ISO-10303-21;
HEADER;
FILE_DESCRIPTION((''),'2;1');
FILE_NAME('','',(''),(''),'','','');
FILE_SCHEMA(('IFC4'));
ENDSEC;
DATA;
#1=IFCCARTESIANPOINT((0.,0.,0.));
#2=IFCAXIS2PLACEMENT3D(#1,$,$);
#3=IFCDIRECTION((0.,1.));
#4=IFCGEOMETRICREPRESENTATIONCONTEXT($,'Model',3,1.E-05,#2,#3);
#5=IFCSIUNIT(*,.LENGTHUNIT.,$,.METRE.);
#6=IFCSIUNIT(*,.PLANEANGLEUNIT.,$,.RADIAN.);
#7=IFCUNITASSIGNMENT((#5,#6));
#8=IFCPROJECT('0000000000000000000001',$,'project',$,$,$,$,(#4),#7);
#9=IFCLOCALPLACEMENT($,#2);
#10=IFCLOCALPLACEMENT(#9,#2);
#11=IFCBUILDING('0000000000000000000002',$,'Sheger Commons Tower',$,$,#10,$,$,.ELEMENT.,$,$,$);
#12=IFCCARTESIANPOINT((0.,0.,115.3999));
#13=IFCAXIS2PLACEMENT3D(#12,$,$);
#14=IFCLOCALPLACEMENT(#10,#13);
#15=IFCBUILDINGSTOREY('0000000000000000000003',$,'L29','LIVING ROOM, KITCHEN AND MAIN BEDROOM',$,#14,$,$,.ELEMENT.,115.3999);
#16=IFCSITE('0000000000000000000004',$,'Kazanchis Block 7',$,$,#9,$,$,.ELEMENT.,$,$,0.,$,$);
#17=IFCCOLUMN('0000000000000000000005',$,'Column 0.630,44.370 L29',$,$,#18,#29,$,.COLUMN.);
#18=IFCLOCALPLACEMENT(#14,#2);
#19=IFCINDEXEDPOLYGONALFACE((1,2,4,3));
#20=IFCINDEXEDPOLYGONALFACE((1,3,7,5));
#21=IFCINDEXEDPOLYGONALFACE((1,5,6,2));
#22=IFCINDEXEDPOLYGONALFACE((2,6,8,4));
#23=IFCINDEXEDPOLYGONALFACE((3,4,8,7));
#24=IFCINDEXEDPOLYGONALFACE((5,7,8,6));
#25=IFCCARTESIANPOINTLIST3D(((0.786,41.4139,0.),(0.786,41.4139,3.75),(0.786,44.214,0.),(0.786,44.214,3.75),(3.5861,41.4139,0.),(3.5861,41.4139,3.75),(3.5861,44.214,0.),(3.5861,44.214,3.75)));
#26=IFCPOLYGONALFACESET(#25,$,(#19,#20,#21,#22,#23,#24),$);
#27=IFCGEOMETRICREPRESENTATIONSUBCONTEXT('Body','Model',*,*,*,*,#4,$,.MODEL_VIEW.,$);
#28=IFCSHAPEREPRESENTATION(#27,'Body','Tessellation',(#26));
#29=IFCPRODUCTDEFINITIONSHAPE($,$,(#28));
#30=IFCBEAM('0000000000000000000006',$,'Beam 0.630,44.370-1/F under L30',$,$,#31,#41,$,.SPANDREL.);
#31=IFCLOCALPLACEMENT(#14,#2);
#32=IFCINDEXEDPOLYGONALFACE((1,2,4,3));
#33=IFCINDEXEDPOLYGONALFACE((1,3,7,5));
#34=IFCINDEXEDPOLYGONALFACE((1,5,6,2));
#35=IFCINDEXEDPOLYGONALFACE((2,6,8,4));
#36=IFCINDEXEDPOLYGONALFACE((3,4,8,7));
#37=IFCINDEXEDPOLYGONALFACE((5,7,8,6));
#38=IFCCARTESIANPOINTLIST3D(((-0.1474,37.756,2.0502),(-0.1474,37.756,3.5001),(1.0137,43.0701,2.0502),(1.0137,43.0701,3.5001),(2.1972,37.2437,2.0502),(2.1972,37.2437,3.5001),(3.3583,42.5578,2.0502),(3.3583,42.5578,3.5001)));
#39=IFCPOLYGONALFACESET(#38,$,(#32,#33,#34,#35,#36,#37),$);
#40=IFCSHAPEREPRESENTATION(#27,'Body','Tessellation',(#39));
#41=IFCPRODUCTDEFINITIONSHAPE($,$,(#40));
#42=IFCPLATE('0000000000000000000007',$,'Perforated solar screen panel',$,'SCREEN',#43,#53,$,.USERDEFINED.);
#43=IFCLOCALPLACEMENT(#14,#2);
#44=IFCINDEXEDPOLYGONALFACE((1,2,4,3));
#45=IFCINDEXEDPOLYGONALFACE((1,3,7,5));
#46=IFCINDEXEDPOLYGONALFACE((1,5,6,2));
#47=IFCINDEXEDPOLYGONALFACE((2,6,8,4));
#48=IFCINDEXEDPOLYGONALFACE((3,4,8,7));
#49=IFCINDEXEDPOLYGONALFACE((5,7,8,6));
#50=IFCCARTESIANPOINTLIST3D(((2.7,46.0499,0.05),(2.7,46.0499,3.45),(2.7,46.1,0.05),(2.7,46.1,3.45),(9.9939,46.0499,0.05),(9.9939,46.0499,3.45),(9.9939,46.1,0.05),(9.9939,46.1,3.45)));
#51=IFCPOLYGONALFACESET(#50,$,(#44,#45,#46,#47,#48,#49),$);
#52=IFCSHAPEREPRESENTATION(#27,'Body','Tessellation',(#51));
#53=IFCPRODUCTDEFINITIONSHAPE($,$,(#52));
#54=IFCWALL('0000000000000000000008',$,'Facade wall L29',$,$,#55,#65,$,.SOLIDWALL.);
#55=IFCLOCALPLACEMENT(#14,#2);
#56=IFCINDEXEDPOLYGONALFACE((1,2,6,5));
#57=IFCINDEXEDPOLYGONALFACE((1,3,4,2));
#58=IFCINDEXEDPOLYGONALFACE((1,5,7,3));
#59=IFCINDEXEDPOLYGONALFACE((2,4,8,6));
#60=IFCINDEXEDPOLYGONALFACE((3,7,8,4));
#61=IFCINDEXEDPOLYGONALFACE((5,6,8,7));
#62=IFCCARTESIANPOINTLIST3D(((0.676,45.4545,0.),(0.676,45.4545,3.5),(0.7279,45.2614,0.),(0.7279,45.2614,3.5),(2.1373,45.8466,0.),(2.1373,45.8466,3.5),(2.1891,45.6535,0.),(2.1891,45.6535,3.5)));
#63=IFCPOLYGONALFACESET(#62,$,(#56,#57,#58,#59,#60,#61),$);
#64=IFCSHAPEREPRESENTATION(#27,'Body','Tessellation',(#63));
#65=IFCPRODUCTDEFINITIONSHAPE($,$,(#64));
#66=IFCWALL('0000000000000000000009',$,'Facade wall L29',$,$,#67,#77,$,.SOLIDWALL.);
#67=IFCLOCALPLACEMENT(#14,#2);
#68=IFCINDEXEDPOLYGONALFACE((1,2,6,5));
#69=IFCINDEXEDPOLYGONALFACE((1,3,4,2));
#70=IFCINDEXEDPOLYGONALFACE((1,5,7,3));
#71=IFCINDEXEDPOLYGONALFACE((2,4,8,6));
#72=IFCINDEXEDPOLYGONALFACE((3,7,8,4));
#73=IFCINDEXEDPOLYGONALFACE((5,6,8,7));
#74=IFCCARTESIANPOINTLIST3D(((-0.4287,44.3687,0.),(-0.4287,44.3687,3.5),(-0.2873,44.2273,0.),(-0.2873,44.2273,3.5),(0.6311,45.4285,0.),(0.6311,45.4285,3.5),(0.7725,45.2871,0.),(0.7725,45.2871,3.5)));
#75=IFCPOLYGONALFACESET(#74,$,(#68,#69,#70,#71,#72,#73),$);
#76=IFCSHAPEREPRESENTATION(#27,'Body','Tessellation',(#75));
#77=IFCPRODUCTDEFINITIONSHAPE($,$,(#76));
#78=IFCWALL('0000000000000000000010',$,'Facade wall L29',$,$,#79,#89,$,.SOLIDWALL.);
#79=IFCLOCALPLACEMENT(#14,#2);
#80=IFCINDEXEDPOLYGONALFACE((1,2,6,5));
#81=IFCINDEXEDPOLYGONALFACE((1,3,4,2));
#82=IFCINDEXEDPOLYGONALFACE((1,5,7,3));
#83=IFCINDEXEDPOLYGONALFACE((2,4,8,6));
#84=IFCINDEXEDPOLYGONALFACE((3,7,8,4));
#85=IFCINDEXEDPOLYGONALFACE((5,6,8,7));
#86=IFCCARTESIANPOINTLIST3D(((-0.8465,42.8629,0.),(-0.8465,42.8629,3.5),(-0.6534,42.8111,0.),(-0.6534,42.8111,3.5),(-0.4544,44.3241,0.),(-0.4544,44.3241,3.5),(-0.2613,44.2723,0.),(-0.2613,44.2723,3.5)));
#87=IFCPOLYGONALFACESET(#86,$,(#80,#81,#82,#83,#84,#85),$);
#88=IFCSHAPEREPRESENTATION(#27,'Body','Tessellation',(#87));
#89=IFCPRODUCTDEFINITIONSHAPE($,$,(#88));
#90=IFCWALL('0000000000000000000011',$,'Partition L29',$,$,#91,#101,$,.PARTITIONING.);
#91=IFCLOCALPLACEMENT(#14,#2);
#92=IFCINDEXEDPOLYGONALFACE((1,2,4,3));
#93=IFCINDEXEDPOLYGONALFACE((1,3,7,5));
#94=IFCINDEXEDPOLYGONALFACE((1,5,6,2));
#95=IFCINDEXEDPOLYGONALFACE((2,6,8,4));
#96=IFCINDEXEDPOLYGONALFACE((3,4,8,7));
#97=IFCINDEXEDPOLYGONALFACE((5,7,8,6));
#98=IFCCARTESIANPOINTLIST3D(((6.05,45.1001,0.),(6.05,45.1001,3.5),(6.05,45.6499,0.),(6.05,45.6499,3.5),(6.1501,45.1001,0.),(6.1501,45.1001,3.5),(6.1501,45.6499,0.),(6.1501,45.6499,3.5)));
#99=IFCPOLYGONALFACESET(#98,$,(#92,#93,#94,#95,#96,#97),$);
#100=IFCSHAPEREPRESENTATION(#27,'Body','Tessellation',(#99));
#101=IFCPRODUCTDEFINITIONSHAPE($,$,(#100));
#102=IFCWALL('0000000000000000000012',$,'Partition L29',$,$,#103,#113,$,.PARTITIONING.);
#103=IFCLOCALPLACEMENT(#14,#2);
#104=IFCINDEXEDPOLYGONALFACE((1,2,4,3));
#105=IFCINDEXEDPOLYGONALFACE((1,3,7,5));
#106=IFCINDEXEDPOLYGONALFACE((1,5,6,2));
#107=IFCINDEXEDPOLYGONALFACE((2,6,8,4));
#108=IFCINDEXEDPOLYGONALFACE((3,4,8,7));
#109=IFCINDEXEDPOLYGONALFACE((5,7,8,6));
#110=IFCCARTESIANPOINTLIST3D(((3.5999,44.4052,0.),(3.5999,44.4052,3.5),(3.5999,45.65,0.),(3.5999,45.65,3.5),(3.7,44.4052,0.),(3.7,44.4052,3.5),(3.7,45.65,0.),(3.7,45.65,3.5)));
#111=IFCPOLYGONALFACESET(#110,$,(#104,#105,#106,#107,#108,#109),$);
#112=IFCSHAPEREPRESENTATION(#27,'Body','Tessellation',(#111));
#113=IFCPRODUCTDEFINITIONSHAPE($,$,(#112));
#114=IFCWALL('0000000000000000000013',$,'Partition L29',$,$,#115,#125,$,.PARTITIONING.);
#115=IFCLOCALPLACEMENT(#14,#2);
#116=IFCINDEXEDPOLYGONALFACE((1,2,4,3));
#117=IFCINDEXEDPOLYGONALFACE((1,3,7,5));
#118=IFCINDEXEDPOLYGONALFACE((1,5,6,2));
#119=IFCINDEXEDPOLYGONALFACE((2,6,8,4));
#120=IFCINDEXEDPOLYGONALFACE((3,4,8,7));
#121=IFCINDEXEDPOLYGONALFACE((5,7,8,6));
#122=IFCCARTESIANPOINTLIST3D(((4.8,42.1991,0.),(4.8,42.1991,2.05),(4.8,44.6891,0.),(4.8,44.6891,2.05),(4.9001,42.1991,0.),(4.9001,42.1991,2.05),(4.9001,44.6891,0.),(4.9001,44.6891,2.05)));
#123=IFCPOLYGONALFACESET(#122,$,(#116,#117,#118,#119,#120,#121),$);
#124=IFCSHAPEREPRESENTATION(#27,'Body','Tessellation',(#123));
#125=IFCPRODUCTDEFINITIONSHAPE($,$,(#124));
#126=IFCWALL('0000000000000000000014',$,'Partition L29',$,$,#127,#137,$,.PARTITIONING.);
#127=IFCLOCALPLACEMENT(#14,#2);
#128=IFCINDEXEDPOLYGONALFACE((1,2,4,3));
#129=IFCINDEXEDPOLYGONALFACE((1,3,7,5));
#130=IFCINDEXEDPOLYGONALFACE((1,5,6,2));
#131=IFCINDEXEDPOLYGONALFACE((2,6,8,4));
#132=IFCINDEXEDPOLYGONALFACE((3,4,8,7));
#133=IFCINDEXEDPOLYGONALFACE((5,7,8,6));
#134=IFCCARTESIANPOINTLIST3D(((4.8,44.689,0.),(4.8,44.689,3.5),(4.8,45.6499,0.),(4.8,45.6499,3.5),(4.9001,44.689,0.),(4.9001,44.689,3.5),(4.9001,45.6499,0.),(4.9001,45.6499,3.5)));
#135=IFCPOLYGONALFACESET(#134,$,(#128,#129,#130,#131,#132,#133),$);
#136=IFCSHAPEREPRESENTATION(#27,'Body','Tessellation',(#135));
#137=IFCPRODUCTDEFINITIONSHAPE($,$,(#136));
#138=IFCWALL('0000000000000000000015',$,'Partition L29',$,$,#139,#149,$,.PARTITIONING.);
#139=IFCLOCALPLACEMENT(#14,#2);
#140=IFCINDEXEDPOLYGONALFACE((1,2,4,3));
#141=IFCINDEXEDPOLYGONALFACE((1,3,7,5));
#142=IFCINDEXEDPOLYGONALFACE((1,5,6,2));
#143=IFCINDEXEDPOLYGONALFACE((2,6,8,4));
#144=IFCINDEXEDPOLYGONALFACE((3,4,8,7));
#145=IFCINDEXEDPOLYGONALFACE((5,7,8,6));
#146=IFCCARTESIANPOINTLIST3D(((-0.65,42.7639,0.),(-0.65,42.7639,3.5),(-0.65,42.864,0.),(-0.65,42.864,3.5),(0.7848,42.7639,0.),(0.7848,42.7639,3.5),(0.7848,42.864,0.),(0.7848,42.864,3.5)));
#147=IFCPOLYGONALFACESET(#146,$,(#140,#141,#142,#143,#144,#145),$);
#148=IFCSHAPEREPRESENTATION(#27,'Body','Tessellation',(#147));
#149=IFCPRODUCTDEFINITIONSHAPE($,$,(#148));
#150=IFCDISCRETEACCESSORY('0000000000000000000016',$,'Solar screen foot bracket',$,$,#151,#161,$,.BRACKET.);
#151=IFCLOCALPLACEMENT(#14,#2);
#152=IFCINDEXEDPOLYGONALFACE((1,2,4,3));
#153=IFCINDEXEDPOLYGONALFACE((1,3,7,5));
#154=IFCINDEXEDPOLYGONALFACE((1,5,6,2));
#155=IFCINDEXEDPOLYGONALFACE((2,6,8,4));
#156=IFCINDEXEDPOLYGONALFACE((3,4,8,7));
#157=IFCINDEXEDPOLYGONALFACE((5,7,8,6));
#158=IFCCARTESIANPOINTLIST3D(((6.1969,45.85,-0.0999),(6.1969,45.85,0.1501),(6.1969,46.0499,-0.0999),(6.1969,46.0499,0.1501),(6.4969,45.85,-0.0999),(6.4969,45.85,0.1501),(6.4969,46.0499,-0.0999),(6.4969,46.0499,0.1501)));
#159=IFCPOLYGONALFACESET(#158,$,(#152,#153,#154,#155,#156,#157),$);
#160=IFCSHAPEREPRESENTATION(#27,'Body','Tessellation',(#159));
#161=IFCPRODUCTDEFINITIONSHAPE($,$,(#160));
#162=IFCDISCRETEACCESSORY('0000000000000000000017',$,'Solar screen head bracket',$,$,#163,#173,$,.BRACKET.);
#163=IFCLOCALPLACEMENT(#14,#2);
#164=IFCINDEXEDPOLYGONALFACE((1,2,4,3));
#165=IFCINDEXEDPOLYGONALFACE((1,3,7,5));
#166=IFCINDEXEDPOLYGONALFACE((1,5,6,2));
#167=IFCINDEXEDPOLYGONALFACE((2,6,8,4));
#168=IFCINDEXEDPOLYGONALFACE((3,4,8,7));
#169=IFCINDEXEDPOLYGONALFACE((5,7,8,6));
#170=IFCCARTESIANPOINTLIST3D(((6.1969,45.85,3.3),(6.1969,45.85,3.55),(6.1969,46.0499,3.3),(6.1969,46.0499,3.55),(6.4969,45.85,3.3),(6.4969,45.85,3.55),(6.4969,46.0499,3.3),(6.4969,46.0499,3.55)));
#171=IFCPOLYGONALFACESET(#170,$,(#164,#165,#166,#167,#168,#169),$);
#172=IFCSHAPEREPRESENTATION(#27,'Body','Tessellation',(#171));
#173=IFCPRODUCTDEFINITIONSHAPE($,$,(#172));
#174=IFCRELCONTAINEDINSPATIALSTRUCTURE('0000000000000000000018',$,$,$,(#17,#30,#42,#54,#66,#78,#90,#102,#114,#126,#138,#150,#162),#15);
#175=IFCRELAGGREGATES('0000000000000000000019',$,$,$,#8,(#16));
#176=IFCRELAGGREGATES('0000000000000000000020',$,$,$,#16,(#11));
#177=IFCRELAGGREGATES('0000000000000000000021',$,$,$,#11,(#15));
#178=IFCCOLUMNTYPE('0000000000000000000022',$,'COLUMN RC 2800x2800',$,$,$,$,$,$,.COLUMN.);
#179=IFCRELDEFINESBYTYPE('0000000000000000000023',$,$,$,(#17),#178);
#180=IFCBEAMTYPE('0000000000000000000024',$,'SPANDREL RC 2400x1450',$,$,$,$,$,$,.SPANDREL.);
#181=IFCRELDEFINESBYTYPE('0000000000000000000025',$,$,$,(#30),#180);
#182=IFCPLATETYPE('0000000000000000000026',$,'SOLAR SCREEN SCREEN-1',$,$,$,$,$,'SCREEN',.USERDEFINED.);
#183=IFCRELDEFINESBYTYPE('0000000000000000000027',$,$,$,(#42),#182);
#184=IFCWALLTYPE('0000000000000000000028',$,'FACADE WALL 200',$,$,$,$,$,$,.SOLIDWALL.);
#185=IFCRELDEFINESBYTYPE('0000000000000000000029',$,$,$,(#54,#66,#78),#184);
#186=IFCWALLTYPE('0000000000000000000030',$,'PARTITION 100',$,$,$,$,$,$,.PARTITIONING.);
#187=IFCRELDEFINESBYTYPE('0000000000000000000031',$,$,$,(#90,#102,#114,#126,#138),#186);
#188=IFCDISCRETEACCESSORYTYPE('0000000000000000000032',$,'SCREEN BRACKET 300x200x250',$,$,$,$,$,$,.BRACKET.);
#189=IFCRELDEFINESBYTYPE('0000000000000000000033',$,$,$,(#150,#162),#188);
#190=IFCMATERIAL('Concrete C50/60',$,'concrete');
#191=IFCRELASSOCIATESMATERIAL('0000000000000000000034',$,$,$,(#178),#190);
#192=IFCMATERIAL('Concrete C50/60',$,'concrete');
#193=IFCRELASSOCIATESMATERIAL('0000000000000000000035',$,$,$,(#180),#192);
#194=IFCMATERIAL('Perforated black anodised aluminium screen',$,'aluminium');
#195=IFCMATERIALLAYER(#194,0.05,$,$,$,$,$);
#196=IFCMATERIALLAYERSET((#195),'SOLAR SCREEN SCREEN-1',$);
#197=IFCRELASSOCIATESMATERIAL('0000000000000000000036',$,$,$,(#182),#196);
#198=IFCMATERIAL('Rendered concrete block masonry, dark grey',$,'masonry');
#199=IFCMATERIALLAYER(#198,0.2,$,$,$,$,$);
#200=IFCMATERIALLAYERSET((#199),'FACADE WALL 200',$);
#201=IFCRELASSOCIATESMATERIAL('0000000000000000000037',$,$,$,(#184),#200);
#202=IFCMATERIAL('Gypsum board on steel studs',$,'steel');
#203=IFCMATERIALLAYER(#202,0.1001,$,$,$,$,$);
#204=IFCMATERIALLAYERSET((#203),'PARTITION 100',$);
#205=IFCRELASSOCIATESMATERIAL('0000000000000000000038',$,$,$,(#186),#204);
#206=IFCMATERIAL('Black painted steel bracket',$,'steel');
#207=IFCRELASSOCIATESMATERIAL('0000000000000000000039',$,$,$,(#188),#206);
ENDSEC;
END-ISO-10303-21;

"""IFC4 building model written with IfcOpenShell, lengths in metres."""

from ifc_helpers import new_model, si_unit, direction, frame, frame_2d, origin, origin_2d, place, context, subcontext, project, spatial, rectangle, extrude, material, layer, layer_set, material_profile, profile_set, type_object, element, save


model = new_model("IFC4")

# Units and contexts
model_context = context("Model", 3, precision=1e-05, world=origin(), true_north=direction((0.0, 1.0)))
body_context = subcontext(model_context, "Body", "Model", "MODEL_VIEW")
ifc_project = project(units=[si_unit("LENGTHUNIT", "METRE"), si_unit("PLANEANGLEUNIT", "RADIAN")], contexts=[model_context])

# Site, building, storey
site_placement = place(None, origin())
site = spatial("IfcSite", under=ifc_project, at=site_placement, Name="Kazanchis Block 7", CompositionType="ELEMENT", RefElevation=0.0)
building_placement = place(site_placement, origin())
building = spatial("IfcBuilding", under=site, at=building_placement, Name="Sheger Commons Tower", CompositionType="ELEMENT")
storey_placement = place(building_placement, frame((0.0, 0.0, 115.3999)))
storey = spatial("IfcBuildingStorey", under=building, at=storey_placement, Name="L29", Description="LIVING ROOM, KITCHEN AND MAIN BEDROOM", CompositionType="ELEMENT", Elevation=115.3999)

# Column
ifc_material_1 = material(Name="Concrete C50/60", Category="concrete")
ifc_material_profile_1 = material_profile(ifc_material_1, rectangle(XDim=2.8, YDim=2.8, at=origin_2d()), Name="RC 2800x2800")
ifc_profile_set_1 = profile_set([ifc_material_profile_1], Name="Concrete C50/60")
column_type = type_object("IfcColumnType", Name="COLUMN RC 2800x2800", PredefinedType="COLUMN", material=ifc_profile_set_1)
column_placement = place(storey_placement, frame((2.186, 42.814, 0.0), z_axis=(0.0, 0.0, 1.0), x_axis=(1.0, 0.0, 0.0)))
element("IfcColumn", 1, at=column_placement, inside=storey, type_object=column_type, Name="Column 0.630,44.370 L29", PredefinedType="COLUMN", context=body_context, shape_type="SweptSolid", body=[
    extrude(rectangle(XDim=2.8, YDim=2.8, at=origin_2d()), origin(), (0.0, 0.0, 1.0), 3.75),
])

# Beam
ifc_material_2 = material(Name="Concrete C50/60", Category="concrete")
ifc_material_profile_2 = material_profile(ifc_material_2, rectangle(XDim=2.3999, YDim=1.45, at=origin_2d()), Name="RC 2400x1450")
ifc_profile_set_2 = profile_set([ifc_material_profile_2], Name="Concrete C50/60")
beam_type = type_object("IfcBeamType", Name="SPANDREL RC 2400x1450", PredefinedType="SPANDREL", material=ifc_profile_set_2)
beam_placement = place(storey_placement, frame((2.186, 42.814, 2.7751), z_axis=(-0.213469, -0.97695, 0.0), x_axis=(0.97695, -0.213469, 0.0)))
element("IfcBeam", 2, at=beam_placement, inside=storey, type_object=beam_type, Name="Beam 0.630,44.370-1/F under L30", PredefinedType="SPANDREL", context=body_context, shape_type="SweptSolid", body=[
    extrude(rectangle(XDim=2.3999, YDim=1.45, at=origin_2d()), origin(), (0.0, 0.0, 1.0), 5.4395),
])

# Plate
ifc_material_3 = material(Name="Perforated black anodised aluminium screen", Category="aluminium")
ifc_layer_1 = layer(ifc_material_3, 0.05)
ifc_layer_set_1 = layer_set([ifc_layer_1], Name="SOLAR SCREEN SCREEN-1")
plate_type = type_object("IfcPlateType", Name="SOLAR SCREEN SCREEN-1", ElementType="SCREEN", PredefinedType="USERDEFINED", material=ifc_layer_set_1)
plate_placement = place(storey_placement, frame((6.3469, 46.075, 0.05), z_axis=(0.0, 0.0, 1.0), x_axis=(-1.0, 0.0, 0.0)))
element("IfcPlate", 3, at=plate_placement, inside=storey, type_object=plate_type, Name="Perforated solar screen panel", ObjectType="SCREEN", PredefinedType="USERDEFINED", context=body_context, shape_type="SweptSolid", body=[
    extrude(rectangle(XDim=7.2939, YDim=0.05, at=origin_2d()), origin(), (0.0, 0.0, 1.0), 3.3999),
])

# Walls
ifc_material_4 = material(Name="Rendered concrete block masonry, dark grey", Category="masonry")
ifc_layer_2 = layer(ifc_material_4, 0.2)
ifc_layer_set_2 = layer_set([ifc_layer_2], Name="FACADE WALL 200")
wall_type_1 = type_object("IfcWallType", Name="FACADE WALL 200", PredefinedType="SOLIDWALL", material=ifc_layer_set_2)
wall_1_placement = place(storey_placement, frame((2.1631, 45.75, 0.0), z_axis=(0.0, 0.0, 1.0), x_axis=(-0.965832, -0.259169, 0.0)))
element("IfcWall", 4, at=wall_1_placement, inside=storey, type_object=wall_type_1, Name="Facade wall L29", PredefinedType="SOLIDWALL", context=body_context, shape_type="SweptSolid", body=[
    extrude(rectangle(XDim=1.5129, YDim=0.2, at=frame_2d((0.7563, 0.0))), origin(), (0.0, 0.0, 1.0), 3.5),
])
wall_2_placement = place(storey_placement, frame((0.7019, 45.3579, 0.0), z_axis=(0.0, 0.0, 1.0), x_axis=(-0.707107, -0.707107, 0.0)))
element("IfcWall", 5, at=wall_2_placement, inside=storey, type_object=wall_type_1, Name="Facade wall L29", PredefinedType="SOLIDWALL", context=body_context, shape_type="SweptSolid", body=[
    extrude(rectangle(XDim=1.4988, YDim=0.2, at=frame_2d((0.7495, 0.0))), origin(), (0.0, 0.0, 1.0), 3.5),
])
wall_3_placement = place(storey_placement, frame((-0.3579, 44.2981, 0.0), z_axis=(0.0, 0.0, 1.0), x_axis=(-0.259169, -0.965832, 0.0)))
element("IfcWall", 6, at=wall_3_placement, inside=storey, type_object=wall_type_1, Name="Facade wall L29", PredefinedType="SOLIDWALL", context=body_context, shape_type="SweptSolid", body=[
    extrude(rectangle(XDim=1.5129, YDim=0.2, at=frame_2d((0.7563, 0.0))), origin(), (0.0, 0.0, 1.0), 3.5),
])

# Walls
ifc_material_5 = material(Name="Gypsum board on steel studs", Category="steel")
ifc_layer_3 = layer(ifc_material_5, 0.1001)
ifc_layer_set_3 = layer_set([ifc_layer_3], Name="PARTITION 100")
wall_type_2 = type_object("IfcWallType", Name="PARTITION 100", PredefinedType="PARTITIONING", material=ifc_layer_set_3)
wall_4_placement = place(storey_placement, frame((6.1001, 45.1001, 0.0), z_axis=(0.0, 0.0, 1.0), x_axis=(0.0, 1.0, 0.0)))
element("IfcWall", 7, at=wall_4_placement, inside=storey, type_object=wall_type_2, Name="Partition L29", PredefinedType="PARTITIONING", context=body_context, shape_type="SweptSolid", body=[
    extrude(rectangle(XDim=0.5498, YDim=0.1001, at=frame_2d((0.2749, 0.0))), origin(), (0.0, 0.0, 1.0), 3.5),
])
wall_5_placement = place(storey_placement, frame((3.6499, 44.405, 0.0), z_axis=(0.0, 0.0, 1.0), x_axis=(0.0, 1.0, 0.0)))
element("IfcWall", 8, at=wall_5_placement, inside=storey, type_object=wall_type_2, Name="Partition L29", PredefinedType="PARTITIONING", context=body_context, shape_type="SweptSolid", body=[
    extrude(rectangle(XDim=1.2449, YDim=0.1001, at=frame_2d((0.6226, 0.0))), origin(), (0.0, 0.0, 1.0), 3.5),
])
wall_6_placement = place(storey_placement, frame((4.8501, 42.199, 0.0), z_axis=(0.0, 0.0, 1.0), x_axis=(0.0, 1.0, 0.0)))
element("IfcWall", 9, at=wall_6_placement, inside=storey, type_object=wall_type_2, Name="Partition L29", PredefinedType="PARTITIONING", context=body_context, shape_type="SweptSolid", body=[
    extrude(rectangle(XDim=2.49, YDim=0.1001, at=frame_2d((1.2451, 0.0))), origin(), (0.0, 0.0, 1.0), 2.05),
])
wall_7_placement = place(storey_placement, frame((4.8501, 44.689, 0.0), z_axis=(0.0, 0.0, 1.0), x_axis=(0.0, 1.0, 0.0)))
element("IfcWall", 10, at=wall_7_placement, inside=storey, type_object=wall_type_2, Name="Partition L29", PredefinedType="PARTITIONING", context=body_context, shape_type="SweptSolid", body=[
    extrude(rectangle(XDim=0.9609, YDim=0.1001, at=frame_2d((0.4805, 0.0))), origin(), (0.0, 0.0, 1.0), 3.5),
])
wall_8_placement = place(storey_placement, frame((-0.6499, 42.814, 0.0), z_axis=(0.0, 0.0, 1.0), x_axis=(1.0, 0.0, 0.0)))
element("IfcWall", 11, at=wall_8_placement, inside=storey, type_object=wall_type_2, Name="Partition L29", PredefinedType="PARTITIONING", context=body_context, shape_type="SweptSolid", body=[
    extrude(rectangle(XDim=1.4348, YDim=0.1001, at=frame_2d((0.7173, 0.0))), origin(), (0.0, 0.0, 1.0), 3.5),
])

# Discrete accessories
ifc_material_6 = material(Name="Black painted steel bracket", Category="steel")
discrete_accessory_type = type_object("IfcDiscreteAccessoryType", Name="SCREEN BRACKET 300x200x250", PredefinedType="BRACKET", material=ifc_material_6)
for number, where, z_axis, x_axis, name in (
    (12, (6.3469, 45.95, -0.0999), (0.0, 0.0, 1.0), (-1.0, 0.0, 0.0), "Solar screen foot bracket"),
    (13, (6.3469, 45.95, 3.3), (0.0, 0.0, 1.0), (-1.0, 0.0, 0.0), "Solar screen head bracket"),
):
    element("IfcDiscreteAccessory", number, at=place(storey_placement, frame(where, z_axis=z_axis, x_axis=x_axis)), inside=storey, type_object=discrete_accessory_type, Name=name, PredefinedType="BRACKET", context=body_context, shape_type="SweptSolid", body=[
        extrude(rectangle(XDim=0.3, YDim=0.2, at=origin_2d()), origin(), (0.0, 0.0, 1.0), 0.25),
    ])

save(model, "model.ifc")
